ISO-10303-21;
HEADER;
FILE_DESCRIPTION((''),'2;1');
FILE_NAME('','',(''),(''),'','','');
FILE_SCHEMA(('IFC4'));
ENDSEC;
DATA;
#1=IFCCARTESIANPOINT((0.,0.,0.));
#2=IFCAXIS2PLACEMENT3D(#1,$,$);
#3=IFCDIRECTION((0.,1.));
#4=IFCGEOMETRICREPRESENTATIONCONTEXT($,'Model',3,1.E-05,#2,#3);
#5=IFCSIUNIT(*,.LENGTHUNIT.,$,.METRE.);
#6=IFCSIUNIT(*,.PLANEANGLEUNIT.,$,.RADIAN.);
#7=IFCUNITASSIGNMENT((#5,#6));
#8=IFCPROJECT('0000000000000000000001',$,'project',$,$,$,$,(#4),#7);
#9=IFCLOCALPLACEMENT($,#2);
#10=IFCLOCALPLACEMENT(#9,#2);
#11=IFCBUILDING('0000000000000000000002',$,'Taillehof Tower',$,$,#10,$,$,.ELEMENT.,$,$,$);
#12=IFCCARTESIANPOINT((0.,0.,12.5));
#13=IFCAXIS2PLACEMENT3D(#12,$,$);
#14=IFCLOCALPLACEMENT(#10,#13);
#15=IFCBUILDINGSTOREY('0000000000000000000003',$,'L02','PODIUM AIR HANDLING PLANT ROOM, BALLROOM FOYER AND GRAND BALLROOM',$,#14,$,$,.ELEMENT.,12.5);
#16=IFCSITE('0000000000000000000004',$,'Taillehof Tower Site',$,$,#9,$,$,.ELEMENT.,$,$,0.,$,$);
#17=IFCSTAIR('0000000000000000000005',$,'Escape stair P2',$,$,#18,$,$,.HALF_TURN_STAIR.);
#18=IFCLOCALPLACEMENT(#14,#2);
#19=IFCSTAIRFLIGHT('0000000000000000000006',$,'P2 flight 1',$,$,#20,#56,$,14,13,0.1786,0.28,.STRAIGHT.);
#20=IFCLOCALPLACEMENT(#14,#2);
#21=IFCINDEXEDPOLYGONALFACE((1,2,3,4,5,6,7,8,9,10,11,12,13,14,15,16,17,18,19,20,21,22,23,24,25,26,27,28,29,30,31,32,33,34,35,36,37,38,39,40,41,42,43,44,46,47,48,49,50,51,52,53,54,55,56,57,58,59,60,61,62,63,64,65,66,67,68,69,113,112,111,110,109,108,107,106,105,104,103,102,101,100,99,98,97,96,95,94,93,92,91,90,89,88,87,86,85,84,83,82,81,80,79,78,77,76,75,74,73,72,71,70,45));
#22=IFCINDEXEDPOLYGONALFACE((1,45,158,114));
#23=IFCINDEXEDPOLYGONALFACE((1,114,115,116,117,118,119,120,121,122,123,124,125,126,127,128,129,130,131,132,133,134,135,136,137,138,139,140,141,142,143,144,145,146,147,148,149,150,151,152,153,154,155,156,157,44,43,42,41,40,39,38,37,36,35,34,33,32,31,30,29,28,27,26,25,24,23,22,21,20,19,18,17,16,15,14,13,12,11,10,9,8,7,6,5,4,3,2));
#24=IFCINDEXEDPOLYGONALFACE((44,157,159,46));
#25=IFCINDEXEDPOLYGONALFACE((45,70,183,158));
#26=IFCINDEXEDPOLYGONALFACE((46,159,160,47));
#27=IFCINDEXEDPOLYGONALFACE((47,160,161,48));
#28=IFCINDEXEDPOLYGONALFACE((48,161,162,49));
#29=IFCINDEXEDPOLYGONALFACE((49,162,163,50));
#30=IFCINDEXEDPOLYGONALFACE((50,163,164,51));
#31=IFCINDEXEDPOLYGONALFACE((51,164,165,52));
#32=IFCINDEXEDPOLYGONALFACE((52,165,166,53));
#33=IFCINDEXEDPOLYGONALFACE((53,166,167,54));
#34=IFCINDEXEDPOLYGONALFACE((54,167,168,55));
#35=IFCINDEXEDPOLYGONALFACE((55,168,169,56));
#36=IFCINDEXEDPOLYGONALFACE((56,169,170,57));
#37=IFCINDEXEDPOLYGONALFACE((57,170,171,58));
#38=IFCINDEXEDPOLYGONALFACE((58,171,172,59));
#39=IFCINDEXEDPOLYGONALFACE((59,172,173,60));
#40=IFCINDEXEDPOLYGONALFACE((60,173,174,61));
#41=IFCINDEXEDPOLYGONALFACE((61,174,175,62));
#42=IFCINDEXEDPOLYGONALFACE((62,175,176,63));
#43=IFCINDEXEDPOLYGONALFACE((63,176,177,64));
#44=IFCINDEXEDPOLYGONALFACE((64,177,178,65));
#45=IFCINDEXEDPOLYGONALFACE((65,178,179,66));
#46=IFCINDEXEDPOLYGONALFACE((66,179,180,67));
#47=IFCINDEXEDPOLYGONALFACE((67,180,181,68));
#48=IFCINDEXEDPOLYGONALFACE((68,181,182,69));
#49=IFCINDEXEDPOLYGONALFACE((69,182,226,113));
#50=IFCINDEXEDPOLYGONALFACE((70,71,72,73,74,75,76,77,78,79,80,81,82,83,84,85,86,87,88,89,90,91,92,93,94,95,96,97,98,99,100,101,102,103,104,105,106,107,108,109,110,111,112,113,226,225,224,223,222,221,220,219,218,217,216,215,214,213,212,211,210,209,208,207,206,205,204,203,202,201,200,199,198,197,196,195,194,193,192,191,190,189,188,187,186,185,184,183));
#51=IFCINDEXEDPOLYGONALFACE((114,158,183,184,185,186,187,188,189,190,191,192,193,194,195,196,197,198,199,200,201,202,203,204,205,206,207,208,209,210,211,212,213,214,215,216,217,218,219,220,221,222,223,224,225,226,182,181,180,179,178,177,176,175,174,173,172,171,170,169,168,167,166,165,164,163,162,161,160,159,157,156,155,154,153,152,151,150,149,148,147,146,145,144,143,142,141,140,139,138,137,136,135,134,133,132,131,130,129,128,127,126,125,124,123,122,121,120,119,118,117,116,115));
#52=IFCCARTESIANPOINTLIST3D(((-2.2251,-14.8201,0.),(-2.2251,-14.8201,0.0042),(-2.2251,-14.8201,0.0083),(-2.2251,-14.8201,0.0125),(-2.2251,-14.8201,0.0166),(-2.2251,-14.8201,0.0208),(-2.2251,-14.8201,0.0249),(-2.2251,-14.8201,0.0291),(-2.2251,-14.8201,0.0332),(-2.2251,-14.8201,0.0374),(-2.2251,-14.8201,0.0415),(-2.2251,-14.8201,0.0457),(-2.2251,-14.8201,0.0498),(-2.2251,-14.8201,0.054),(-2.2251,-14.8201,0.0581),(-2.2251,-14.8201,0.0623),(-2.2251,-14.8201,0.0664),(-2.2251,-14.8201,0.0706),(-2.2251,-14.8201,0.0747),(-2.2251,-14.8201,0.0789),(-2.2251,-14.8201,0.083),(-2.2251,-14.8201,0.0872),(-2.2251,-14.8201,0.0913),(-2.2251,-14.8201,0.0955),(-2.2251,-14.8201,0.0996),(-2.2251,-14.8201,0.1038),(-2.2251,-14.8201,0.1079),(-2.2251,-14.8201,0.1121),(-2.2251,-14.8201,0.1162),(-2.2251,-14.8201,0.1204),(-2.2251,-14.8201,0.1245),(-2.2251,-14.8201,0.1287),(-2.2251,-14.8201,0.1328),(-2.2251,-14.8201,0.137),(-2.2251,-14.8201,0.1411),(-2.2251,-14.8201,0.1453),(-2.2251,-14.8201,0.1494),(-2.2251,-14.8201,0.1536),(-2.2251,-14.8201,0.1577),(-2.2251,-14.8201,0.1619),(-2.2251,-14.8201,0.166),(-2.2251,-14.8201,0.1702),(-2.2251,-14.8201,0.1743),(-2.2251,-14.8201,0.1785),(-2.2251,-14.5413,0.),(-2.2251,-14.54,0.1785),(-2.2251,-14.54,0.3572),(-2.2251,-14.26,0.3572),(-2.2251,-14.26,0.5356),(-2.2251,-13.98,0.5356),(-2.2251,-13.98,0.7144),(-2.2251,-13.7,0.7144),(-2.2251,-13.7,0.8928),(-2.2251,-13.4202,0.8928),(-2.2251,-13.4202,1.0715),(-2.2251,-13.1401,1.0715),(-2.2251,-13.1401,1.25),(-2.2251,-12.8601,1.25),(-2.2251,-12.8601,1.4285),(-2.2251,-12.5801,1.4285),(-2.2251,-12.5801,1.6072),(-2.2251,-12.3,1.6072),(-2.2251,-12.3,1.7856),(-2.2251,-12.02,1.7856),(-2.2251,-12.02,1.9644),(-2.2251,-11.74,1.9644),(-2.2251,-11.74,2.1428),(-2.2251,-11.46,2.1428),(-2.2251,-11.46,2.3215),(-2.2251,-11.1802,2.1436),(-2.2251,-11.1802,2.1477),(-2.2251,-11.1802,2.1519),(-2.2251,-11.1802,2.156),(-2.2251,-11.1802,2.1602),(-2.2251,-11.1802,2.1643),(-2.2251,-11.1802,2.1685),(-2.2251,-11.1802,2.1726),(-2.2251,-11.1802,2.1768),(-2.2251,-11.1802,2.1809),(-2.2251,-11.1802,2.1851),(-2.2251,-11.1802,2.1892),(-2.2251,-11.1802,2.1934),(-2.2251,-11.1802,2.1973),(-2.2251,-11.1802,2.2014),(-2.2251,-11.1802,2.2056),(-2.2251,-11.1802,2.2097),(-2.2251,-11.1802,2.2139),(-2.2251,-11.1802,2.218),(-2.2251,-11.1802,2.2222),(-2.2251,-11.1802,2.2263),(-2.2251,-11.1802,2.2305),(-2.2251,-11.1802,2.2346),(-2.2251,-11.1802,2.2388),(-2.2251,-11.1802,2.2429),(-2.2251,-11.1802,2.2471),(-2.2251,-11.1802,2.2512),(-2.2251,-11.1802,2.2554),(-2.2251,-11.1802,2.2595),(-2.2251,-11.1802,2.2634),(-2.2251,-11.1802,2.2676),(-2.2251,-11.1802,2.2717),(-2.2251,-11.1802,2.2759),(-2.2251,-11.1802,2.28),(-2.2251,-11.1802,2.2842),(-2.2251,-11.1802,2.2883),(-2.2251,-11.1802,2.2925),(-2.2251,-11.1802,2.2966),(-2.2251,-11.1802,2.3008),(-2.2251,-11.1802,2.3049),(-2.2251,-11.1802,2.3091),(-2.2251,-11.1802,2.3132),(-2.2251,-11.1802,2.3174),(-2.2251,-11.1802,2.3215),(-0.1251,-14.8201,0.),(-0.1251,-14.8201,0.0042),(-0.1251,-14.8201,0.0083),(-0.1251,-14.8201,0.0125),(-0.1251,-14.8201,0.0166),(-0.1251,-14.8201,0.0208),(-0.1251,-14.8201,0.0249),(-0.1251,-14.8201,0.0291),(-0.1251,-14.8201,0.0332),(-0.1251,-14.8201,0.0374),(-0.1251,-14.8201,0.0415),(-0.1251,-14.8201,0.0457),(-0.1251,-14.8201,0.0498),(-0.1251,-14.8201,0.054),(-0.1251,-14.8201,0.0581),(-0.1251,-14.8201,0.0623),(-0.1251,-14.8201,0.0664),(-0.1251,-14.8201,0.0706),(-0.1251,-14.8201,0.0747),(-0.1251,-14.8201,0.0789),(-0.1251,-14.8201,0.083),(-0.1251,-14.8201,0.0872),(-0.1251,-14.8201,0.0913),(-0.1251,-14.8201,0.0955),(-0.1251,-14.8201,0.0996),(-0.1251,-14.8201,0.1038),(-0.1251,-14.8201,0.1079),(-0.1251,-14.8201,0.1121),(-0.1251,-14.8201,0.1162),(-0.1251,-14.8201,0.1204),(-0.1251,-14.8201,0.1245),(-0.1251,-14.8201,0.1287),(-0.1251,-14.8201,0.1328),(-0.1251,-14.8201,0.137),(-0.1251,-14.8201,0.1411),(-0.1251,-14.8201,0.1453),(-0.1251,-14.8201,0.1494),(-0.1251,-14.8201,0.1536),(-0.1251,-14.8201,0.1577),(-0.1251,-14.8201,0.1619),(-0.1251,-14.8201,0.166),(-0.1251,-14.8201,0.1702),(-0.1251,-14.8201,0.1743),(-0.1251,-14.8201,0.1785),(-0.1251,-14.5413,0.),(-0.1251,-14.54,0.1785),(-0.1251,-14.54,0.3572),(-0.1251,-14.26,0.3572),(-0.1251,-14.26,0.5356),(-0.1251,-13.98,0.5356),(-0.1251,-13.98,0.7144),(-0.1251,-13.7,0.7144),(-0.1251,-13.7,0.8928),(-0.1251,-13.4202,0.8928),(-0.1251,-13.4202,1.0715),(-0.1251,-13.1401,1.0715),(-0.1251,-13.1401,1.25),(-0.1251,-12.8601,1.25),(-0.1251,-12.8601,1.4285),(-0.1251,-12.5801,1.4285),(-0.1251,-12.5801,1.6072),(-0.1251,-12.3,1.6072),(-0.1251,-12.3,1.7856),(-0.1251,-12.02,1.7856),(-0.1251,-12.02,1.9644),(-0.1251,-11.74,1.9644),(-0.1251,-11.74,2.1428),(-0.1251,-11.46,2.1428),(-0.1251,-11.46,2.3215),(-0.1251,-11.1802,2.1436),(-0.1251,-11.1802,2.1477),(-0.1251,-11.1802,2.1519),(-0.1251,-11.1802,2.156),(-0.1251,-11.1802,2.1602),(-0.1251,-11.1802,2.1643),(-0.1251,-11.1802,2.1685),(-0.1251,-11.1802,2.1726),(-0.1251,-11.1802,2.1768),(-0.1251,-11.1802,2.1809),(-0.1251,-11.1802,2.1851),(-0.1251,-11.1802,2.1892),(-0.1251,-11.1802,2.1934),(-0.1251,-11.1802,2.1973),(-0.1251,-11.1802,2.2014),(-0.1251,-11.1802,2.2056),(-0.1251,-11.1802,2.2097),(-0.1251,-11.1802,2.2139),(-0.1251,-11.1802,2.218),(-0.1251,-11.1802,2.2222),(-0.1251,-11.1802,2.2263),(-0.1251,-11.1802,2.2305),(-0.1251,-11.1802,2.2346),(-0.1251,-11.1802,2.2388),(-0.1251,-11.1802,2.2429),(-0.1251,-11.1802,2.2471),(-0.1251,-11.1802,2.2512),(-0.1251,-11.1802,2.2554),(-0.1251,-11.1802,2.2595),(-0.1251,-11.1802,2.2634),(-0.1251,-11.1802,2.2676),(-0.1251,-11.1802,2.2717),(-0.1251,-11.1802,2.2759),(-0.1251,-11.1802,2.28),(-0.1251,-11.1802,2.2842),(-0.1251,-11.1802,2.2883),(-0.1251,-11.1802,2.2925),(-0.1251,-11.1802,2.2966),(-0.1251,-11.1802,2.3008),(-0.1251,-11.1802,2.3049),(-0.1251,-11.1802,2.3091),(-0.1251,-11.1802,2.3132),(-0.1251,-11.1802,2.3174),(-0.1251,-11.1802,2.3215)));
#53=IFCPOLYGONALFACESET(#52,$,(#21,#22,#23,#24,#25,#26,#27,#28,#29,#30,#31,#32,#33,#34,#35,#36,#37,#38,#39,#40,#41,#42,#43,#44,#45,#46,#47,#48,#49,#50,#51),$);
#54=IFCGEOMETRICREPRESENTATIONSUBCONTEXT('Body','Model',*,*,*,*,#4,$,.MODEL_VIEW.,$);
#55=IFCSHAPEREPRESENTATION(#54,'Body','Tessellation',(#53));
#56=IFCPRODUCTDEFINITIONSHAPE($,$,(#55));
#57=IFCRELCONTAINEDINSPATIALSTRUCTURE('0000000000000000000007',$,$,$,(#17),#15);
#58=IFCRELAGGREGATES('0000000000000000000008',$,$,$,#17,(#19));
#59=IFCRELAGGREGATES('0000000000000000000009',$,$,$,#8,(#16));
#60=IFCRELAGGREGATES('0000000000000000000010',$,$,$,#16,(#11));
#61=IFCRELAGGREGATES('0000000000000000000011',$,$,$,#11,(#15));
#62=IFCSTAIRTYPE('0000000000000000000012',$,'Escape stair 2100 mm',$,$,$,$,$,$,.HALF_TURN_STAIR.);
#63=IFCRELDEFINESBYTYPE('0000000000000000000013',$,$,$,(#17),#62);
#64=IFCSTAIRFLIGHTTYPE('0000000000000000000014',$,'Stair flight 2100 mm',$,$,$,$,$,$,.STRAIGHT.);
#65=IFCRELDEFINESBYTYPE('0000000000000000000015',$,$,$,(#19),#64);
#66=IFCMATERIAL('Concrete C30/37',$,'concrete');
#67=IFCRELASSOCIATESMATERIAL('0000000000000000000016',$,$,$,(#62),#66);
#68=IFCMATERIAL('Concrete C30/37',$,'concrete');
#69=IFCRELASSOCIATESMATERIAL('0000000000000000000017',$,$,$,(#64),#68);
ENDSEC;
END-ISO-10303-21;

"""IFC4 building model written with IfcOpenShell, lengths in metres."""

from ifc_helpers import new_model, si_unit, direction, frame, origin, place, context, subcontext, project, spatial, polyline, outline, extrude, material, type_object, element, aggregate, save


model = new_model("IFC4")

# Units and contexts
model_context = context("Model", 3, precision=1e-05, world=origin(), true_north=direction((0.0, 1.0)))
body_context = subcontext(model_context, "Body", "Model", "MODEL_VIEW")
ifc_project = project(units=[si_unit("LENGTHUNIT", "METRE"), si_unit("PLANEANGLEUNIT", "RADIAN")], contexts=[model_context])

# Site, building, storey
site_placement = place(None, origin())
site = spatial("IfcSite", under=ifc_project, at=site_placement, Name="Taillehof Tower Site", CompositionType="ELEMENT", RefElevation=0.0)
building_placement = place(site_placement, origin())
building = spatial("IfcBuilding", under=site, at=building_placement, Name="Taillehof Tower", CompositionType="ELEMENT")
storey_placement = place(building_placement, frame((0.0, 0.0, 12.5)))
storey = spatial("IfcBuildingStorey", under=building, at=storey_placement, Name="L02", Description="PODIUM AIR HANDLING PLANT ROOM, BALLROOM FOYER AND GRAND BALLROOM", CompositionType="ELEMENT", Elevation=12.5)

# Stair, stair flight
ifc_material_1 = material(Name="Concrete C30/37", Category="concrete")
stair_type = type_object("IfcStairType", Name="Escape stair 2100 mm", PredefinedType="HALF_TURN_STAIR", material=ifc_material_1)
stair_placement = place(storey_placement, origin())
stair = element("IfcStair", 1, at=stair_placement, inside=storey, type_object=stair_type, Name="Escape stair P2", PredefinedType="HALF_TURN_STAIR")
ifc_material_2 = material(Name="Concrete C30/37", Category="concrete")
stair_flight_type = type_object("IfcStairFlightType", Name="Stair flight 2100 mm", PredefinedType="STRAIGHT", material=ifc_material_2)
stair_flight_placement = place(storey_placement, frame((-1.175, -14.8201, 0.0), z_axis=(0.0, 0.0, 1.0), x_axis=(0.0, 1.0, 0.0)))
stair_flight = element("IfcStairFlight", 2, at=stair_flight_placement, type_object=stair_flight_type, Name="P2 flight 1", NumberOfRisers=14, NumberOfTreads=13, PredefinedType="STRAIGHT", RiserHeight=0.1786, TreadLength=0.28, context=body_context, shape_type="SweptSolid", body=[
    extrude(outline(polyline([(0.0, 0.0), (0.0, 0.0042), (0.0, 0.0083), (0.0, 0.0125), (0.0, 0.0166), (0.0, 0.0208), (0.0, 0.0249), (0.0, 0.0291), (0.0, 0.0332), (0.0, 0.0374), (0.0, 0.0415), (0.0, 0.0457), (0.0, 0.0498), (0.0, 0.054), (0.0, 0.0581), (0.0, 0.0623), (0.0, 0.0664), (0.0, 0.0706), (0.0, 0.0747), (0.0, 0.0789), (0.0, 0.083), (0.0, 0.0872), (0.0, 0.0913), (0.0, 0.0955), (0.0, 0.0996), (0.0, 0.1038), (0.0, 0.1079), (0.0, 0.1121), (0.0, 0.1162), (0.0, 0.1204), (0.0, 0.1245), (0.0, 0.1287), (0.0, 0.1328), (0.0, 0.137), (0.0, 0.1411), (0.0, 0.1453), (0.0, 0.1494), (0.0, 0.1536), (0.0, 0.1577), (0.0, 0.1619), (0.0, 0.166), (0.0, 0.1702), (0.0, 0.1743), (0.0, 0.1785), (0.28, 0.1785), (0.28, 0.3572), (0.5601, 0.3572), (0.5601, 0.5356), (0.8401, 0.5356), (0.8401, 0.7144), (1.1201, 0.7144), (1.1201, 0.8928), (1.3999, 0.8928), (1.3999, 1.0715), (1.6799, 1.0715), (1.6799, 1.25), (1.96, 1.25), (1.96, 1.4285), (2.24, 1.4285), (2.24, 1.6072), (2.52, 1.6072), (2.52, 1.7856), (2.8, 1.7856), (2.8, 1.9644), (3.0801, 1.9644), (3.0801, 2.1428), (3.3601, 2.1428), (3.3601, 2.3215), (3.6399, 2.3215), (3.6399, 2.3174), (3.6399, 2.3132), (3.6399, 2.3091), (3.6399, 2.3049), (3.6399, 2.3008), (3.6399, 2.2966), (3.6399, 2.2925), (3.6399, 2.2883), (3.6399, 2.2842), (3.6399, 2.28), (3.6399, 2.2759), (3.6399, 2.2717), (3.6399, 2.2676), (3.6399, 2.2634), (3.6399, 2.2595), (3.6399, 2.2554), (3.6399, 2.2512), (3.6399, 2.2471), (3.6399, 2.2429), (3.6399, 2.2388), (3.6399, 2.2346), (3.6399, 2.2305), (3.6399, 2.2263), (3.6399, 2.2222), (3.6399, 2.218), (3.6399, 2.2139), (3.6399, 2.2097), (3.6399, 2.2056), (3.6399, 2.2014), (3.6399, 2.1973), (3.6399, 2.1934), (3.6399, 2.1892), (3.6399, 2.1851), (3.6399, 2.1809), (3.6399, 2.1768), (3.6399, 2.1726), (3.6399, 2.1685), (3.6399, 2.1643), (3.6399, 2.1602), (3.6399, 2.156), (3.6399, 2.1519), (3.6399, 2.1477), (3.6399, 2.1436), (0.2788, 0.0), (0.0, 0.0)])), frame((0.0, 1.05, 0.0), z_axis=(0.0, -1.0, 0.0), x_axis=(1.0, 0.0, 0.0)), (0.0, 0.0, 1.0), 2.1),
])
aggregate(stair, [stair_flight])

save(model, "model.ifc")
